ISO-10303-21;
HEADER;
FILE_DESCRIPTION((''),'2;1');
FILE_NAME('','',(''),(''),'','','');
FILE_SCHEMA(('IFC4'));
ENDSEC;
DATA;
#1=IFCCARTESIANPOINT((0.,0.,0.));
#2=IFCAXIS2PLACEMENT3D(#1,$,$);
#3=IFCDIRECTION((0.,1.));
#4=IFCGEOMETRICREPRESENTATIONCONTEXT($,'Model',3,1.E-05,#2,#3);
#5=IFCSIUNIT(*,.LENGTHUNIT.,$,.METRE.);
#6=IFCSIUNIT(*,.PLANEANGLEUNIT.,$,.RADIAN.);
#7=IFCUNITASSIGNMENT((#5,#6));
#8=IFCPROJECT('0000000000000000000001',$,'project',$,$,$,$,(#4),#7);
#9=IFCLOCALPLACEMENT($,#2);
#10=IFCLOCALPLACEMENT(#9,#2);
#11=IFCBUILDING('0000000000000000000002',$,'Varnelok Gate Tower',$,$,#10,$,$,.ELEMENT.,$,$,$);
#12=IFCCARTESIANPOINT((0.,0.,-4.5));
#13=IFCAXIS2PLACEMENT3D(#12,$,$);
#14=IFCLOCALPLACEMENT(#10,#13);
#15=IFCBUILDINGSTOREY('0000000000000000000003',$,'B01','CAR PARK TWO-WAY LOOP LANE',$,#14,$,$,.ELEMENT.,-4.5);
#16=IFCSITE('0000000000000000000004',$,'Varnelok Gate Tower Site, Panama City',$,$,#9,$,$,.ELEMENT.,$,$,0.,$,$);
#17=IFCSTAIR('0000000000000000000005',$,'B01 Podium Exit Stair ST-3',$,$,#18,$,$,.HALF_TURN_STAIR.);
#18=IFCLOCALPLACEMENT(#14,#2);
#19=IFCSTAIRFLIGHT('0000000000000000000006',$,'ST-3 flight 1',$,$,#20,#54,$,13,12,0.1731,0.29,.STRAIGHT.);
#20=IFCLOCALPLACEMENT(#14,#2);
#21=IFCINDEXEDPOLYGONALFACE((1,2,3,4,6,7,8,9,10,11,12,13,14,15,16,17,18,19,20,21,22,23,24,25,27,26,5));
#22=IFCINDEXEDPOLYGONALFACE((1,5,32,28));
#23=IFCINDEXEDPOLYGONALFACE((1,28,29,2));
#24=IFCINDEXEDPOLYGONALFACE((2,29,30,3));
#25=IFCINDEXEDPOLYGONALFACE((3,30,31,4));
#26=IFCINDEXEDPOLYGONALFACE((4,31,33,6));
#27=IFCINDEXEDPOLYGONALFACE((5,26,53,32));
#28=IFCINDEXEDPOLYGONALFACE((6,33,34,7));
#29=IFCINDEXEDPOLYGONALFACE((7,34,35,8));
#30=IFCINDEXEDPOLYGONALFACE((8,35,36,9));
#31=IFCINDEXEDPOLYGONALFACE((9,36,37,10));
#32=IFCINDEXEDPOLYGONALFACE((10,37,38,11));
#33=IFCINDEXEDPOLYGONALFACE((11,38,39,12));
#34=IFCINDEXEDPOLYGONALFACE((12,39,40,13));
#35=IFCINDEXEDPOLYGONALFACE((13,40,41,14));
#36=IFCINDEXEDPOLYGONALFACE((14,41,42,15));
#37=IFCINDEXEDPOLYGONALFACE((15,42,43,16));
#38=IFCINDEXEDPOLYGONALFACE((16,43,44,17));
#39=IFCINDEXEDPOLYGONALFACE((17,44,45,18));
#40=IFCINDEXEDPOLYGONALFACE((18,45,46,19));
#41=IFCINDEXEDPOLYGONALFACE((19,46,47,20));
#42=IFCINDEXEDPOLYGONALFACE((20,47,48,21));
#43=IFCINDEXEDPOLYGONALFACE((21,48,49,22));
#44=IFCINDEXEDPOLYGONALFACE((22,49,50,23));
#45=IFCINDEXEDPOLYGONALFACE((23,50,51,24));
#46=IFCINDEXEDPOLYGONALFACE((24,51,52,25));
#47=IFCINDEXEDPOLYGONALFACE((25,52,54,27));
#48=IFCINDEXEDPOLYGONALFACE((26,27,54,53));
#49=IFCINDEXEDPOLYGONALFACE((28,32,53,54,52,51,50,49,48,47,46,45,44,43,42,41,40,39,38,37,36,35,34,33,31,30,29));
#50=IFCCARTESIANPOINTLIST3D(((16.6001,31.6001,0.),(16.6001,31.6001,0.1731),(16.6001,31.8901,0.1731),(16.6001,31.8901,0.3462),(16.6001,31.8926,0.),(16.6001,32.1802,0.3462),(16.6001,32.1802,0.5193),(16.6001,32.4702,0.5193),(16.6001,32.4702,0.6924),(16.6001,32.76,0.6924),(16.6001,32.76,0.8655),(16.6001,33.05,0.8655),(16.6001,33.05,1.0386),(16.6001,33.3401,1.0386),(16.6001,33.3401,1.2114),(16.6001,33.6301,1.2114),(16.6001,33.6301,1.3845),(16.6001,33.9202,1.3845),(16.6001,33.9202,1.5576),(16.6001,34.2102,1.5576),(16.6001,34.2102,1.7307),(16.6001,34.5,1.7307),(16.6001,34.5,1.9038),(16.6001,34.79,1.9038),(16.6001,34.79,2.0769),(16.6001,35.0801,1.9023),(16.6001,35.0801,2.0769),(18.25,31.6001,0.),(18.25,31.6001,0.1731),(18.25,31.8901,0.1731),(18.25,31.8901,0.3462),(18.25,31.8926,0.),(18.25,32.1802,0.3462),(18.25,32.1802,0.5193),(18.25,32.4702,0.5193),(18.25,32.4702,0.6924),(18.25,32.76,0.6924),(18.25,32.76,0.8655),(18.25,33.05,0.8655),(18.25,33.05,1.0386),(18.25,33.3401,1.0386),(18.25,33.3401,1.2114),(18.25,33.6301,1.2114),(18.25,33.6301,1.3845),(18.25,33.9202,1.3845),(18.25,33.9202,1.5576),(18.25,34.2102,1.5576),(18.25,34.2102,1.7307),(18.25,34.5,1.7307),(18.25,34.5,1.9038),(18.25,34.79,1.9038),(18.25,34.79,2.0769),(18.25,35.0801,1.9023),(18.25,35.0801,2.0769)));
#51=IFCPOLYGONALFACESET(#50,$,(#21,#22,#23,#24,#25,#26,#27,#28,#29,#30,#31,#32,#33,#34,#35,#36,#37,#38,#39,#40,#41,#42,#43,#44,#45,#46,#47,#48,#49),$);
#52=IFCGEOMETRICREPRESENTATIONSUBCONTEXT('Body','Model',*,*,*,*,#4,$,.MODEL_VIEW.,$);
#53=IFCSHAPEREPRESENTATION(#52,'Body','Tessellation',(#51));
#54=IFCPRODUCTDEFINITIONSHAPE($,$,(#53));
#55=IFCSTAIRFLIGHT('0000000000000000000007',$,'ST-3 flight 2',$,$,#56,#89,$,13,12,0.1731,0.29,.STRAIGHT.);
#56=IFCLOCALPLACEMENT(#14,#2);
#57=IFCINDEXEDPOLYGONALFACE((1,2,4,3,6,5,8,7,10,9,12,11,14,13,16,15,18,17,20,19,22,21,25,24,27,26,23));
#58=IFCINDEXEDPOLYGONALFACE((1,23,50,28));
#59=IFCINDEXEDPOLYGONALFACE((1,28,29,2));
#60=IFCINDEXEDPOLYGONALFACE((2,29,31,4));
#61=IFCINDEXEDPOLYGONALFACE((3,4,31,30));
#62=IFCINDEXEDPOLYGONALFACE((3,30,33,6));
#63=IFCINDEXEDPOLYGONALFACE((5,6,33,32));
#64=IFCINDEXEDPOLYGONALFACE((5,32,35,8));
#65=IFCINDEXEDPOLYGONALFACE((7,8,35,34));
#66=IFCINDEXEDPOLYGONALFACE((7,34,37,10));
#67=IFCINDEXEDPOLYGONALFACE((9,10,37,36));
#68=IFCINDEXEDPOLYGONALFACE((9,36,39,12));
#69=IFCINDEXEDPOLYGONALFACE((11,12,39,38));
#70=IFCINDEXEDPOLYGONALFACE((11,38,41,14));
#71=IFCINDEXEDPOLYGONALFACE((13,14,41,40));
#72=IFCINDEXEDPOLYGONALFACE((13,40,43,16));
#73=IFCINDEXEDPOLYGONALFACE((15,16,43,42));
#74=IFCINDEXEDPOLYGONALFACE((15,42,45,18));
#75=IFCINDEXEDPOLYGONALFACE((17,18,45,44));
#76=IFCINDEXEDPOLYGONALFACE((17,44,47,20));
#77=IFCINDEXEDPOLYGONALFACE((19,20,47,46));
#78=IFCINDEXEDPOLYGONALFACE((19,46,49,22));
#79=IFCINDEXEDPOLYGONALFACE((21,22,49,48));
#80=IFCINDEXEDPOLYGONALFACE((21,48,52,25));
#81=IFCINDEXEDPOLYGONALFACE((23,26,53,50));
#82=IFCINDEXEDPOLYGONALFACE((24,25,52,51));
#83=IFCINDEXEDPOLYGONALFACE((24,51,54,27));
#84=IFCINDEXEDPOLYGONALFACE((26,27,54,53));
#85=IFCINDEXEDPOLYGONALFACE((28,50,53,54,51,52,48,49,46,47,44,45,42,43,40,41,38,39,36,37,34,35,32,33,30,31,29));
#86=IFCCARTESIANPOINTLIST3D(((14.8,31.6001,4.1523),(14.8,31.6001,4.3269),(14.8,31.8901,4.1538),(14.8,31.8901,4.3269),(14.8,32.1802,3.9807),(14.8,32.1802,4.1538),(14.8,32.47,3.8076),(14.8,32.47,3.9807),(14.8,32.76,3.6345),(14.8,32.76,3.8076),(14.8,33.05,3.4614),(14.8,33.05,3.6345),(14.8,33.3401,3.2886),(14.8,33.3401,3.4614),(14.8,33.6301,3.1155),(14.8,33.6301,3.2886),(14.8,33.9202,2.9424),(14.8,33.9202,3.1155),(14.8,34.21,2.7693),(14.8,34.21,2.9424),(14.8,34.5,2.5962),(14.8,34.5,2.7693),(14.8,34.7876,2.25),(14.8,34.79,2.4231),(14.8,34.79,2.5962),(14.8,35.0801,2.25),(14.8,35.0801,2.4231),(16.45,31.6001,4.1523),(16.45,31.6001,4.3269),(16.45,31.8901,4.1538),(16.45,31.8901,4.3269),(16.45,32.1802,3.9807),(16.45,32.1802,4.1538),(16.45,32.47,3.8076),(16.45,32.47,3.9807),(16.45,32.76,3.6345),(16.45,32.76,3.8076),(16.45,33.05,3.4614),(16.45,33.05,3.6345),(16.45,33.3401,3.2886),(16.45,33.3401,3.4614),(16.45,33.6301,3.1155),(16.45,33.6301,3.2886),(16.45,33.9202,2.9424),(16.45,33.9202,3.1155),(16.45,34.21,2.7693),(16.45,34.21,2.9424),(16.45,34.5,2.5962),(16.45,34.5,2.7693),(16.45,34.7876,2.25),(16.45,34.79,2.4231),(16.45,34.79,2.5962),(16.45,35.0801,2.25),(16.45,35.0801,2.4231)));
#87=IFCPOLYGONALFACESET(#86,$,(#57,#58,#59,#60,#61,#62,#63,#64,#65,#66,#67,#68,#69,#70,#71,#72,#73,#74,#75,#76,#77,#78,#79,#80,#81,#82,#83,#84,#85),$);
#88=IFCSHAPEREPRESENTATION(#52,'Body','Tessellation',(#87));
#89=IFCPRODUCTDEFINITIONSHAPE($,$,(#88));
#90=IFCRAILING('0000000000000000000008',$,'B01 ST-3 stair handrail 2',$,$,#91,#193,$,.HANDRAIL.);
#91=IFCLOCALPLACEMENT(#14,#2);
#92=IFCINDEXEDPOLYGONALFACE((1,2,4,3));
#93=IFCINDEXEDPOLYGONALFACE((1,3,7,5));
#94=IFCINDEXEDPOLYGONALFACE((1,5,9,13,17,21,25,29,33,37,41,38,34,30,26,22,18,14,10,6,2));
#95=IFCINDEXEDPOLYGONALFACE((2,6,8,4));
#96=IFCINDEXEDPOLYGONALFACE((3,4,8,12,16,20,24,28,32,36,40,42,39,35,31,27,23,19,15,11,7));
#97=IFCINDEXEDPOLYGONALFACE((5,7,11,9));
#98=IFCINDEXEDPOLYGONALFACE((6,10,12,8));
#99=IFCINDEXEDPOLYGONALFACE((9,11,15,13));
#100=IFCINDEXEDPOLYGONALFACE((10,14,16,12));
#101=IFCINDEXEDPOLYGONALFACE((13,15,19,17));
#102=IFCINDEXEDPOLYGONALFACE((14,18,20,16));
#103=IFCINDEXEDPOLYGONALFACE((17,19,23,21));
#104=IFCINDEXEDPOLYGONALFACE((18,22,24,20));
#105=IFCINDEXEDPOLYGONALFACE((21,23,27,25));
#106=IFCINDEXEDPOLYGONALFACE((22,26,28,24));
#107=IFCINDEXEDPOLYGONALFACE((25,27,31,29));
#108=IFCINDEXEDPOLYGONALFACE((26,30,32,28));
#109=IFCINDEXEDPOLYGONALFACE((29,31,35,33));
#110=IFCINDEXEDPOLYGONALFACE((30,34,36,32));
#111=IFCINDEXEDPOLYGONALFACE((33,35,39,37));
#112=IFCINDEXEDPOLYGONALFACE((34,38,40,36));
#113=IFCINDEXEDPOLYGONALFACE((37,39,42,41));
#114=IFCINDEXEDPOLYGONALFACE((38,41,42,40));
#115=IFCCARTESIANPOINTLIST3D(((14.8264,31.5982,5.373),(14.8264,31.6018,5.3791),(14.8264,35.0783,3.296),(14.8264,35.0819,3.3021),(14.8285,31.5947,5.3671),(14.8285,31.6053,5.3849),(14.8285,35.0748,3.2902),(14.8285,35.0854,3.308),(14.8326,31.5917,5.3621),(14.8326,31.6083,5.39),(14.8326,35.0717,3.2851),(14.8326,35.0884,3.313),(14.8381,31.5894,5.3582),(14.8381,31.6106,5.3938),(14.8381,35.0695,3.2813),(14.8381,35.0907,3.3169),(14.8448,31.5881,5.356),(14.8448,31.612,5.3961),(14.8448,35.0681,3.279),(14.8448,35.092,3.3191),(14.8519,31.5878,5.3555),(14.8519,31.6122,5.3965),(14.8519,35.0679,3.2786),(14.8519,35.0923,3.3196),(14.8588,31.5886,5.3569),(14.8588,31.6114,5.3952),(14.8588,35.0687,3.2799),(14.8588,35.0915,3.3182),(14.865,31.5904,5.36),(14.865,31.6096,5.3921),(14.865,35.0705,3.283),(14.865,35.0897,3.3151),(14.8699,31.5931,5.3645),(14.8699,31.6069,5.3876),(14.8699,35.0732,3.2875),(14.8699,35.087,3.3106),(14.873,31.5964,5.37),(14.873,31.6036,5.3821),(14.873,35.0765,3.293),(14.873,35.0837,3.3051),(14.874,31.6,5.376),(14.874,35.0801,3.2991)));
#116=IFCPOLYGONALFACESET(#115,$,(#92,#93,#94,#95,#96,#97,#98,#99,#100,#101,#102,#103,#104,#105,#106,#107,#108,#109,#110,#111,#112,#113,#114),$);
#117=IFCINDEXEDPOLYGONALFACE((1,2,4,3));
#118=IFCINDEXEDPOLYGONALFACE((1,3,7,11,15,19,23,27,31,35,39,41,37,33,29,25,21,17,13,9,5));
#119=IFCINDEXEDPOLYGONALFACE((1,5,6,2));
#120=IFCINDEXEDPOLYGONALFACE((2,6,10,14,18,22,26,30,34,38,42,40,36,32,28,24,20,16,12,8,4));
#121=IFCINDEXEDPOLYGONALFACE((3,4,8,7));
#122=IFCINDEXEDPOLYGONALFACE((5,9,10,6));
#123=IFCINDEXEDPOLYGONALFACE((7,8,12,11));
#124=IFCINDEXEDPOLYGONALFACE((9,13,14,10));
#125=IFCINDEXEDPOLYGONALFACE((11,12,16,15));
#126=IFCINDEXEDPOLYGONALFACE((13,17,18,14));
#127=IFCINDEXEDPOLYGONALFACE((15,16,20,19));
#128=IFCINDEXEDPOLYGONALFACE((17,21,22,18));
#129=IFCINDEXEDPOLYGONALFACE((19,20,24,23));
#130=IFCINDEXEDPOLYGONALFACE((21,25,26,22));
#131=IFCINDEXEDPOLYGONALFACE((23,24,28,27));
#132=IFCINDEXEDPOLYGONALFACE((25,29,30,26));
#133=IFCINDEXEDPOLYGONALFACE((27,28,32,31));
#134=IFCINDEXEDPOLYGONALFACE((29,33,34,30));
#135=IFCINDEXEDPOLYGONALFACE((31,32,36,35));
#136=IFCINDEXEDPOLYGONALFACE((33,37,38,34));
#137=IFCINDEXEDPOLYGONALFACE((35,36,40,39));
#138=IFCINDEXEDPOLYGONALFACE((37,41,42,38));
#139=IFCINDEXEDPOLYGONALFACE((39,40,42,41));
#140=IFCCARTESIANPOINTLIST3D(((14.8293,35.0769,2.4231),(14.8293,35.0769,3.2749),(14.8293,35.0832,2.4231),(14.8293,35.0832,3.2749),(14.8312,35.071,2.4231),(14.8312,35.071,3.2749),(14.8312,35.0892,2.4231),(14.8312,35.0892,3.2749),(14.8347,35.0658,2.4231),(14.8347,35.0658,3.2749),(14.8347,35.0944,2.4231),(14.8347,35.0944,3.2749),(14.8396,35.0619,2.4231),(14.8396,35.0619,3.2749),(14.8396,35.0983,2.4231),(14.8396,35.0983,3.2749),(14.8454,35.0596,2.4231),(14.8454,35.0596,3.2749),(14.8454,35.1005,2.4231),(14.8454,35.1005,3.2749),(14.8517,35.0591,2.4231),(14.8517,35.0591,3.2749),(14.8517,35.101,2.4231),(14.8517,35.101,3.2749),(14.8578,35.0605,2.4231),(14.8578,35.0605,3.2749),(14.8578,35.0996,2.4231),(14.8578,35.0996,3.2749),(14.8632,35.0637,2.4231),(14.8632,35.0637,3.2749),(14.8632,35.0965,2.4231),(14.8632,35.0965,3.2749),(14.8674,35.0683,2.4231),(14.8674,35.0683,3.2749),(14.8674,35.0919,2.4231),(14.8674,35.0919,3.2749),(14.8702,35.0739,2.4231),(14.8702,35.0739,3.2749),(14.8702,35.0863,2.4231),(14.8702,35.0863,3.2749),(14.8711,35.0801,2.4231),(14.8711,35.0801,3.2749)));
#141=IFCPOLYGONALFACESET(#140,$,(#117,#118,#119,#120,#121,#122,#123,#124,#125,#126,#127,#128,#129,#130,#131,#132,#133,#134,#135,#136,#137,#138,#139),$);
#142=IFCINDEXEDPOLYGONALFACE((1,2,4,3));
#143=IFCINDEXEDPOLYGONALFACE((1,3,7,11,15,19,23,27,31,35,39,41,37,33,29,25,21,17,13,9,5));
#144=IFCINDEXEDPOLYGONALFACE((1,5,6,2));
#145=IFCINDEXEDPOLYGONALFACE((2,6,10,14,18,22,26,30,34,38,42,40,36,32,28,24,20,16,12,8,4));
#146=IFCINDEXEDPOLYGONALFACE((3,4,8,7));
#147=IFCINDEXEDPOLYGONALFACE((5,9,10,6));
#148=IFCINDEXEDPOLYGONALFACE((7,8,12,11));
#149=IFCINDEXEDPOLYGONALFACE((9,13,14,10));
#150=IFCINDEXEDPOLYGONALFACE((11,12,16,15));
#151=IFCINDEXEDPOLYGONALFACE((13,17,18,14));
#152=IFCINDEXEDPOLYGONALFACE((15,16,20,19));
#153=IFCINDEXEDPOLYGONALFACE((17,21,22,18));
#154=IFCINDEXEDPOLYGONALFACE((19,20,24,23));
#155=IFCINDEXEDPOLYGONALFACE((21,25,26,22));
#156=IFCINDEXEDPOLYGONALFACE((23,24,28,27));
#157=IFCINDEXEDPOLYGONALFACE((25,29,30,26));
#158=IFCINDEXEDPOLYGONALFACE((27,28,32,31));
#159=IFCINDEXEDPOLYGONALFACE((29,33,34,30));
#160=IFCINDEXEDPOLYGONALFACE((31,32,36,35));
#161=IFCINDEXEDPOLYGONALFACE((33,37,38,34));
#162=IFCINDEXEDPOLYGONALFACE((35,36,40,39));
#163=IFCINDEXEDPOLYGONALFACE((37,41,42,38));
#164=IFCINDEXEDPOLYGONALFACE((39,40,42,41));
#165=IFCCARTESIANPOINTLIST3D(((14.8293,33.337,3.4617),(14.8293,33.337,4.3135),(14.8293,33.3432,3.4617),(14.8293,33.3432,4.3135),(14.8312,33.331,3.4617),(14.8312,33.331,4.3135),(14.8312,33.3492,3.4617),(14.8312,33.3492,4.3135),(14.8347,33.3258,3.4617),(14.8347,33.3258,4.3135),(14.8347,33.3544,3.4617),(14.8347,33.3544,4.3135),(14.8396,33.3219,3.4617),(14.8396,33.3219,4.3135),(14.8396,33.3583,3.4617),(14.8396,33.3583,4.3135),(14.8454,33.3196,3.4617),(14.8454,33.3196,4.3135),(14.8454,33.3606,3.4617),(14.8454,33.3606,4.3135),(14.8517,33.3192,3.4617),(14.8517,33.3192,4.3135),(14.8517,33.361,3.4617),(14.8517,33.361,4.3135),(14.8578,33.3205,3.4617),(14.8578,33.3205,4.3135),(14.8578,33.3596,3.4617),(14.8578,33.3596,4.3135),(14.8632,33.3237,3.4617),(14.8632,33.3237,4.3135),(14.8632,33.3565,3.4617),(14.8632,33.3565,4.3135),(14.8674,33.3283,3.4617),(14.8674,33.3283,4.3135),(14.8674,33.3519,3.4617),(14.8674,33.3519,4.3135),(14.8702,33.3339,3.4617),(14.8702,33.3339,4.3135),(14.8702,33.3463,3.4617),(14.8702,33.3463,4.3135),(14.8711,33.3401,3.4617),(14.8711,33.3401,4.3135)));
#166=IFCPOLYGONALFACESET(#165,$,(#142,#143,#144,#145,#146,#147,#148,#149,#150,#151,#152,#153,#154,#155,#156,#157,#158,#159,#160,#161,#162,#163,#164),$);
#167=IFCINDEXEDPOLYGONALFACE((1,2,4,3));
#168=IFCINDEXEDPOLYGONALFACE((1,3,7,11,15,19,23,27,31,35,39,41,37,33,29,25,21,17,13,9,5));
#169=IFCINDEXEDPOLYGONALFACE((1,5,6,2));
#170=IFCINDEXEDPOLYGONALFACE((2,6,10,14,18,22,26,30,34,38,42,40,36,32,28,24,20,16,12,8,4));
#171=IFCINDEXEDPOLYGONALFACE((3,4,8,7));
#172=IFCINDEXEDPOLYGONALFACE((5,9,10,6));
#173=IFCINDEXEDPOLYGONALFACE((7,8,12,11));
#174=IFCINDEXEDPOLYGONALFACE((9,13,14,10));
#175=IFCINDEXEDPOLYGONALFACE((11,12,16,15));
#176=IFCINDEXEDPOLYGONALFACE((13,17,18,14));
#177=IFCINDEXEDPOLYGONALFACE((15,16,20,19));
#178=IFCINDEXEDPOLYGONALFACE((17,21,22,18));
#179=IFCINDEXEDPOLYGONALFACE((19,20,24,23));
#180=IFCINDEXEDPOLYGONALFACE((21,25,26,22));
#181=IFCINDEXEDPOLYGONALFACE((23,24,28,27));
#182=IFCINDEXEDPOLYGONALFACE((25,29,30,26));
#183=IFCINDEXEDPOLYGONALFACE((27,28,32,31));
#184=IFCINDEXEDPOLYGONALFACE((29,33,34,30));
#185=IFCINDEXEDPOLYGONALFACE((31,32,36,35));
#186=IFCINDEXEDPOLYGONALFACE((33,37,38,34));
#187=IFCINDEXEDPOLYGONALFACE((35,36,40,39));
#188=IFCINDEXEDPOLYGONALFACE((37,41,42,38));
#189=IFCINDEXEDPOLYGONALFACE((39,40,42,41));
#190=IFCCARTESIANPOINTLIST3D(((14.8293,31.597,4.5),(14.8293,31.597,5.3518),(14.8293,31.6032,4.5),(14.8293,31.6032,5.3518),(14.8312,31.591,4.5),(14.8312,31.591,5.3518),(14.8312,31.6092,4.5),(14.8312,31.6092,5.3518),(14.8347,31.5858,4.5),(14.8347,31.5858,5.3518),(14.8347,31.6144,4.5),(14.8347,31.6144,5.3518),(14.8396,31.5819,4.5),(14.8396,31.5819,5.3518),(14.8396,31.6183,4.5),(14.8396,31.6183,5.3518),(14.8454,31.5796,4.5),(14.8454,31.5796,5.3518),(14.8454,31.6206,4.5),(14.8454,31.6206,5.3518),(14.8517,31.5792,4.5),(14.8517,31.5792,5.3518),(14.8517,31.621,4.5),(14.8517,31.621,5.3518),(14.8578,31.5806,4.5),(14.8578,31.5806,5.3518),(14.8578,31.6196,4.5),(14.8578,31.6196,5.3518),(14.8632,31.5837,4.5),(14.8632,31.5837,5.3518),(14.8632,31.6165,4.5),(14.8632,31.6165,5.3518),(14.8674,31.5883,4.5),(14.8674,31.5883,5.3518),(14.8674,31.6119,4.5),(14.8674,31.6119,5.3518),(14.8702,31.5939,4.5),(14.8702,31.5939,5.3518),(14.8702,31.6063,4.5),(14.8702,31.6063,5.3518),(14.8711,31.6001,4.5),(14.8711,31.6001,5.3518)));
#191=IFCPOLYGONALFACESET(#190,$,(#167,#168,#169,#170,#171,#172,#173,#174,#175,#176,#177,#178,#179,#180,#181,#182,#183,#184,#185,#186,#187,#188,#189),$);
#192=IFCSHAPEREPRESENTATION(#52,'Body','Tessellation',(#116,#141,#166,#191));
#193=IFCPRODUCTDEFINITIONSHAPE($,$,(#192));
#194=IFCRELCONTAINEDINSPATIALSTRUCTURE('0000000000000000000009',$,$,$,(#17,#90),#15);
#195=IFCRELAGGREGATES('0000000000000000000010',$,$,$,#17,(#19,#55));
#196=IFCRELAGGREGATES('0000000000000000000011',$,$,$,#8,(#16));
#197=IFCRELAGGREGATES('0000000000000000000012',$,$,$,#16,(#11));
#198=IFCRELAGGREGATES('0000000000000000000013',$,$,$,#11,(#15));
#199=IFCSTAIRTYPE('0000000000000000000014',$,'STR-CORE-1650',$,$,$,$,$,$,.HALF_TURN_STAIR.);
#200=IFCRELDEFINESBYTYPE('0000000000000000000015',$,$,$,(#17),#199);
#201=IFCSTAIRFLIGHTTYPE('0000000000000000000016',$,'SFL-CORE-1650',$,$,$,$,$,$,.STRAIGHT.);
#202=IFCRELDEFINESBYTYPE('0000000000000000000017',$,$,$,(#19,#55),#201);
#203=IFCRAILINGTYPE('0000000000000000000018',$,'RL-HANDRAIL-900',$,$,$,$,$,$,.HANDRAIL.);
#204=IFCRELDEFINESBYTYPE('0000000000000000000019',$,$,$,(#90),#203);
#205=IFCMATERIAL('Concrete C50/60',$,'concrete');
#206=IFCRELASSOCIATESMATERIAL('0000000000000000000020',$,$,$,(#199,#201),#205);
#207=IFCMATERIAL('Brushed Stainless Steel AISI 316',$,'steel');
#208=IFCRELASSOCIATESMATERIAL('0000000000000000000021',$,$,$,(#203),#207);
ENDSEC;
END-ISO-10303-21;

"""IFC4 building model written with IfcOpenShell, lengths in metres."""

from ifc_helpers import new_model, si_unit, direction, frame, origin, origin_2d, place, context, subcontext, project, spatial, polyline, circle, outline, extrude, material, type_object, element, aggregate, save


model = new_model("IFC4")

# Units and contexts
model_context = context("Model", 3, precision=1e-05, world=origin(), true_north=direction((0.0, 1.0)))
body_context = subcontext(model_context, "Body", "Model", "MODEL_VIEW")
ifc_project = project(units=[si_unit("LENGTHUNIT", "METRE"), si_unit("PLANEANGLEUNIT", "RADIAN")], contexts=[model_context])

# Site, building, storey
site_placement = place(None, origin())
site = spatial("IfcSite", under=ifc_project, at=site_placement, Name="Varnelok Gate Tower Site, Panama City", CompositionType="ELEMENT", RefElevation=0.0)
building_placement = place(site_placement, origin())
building = spatial("IfcBuilding", under=site, at=building_placement, Name="Varnelok Gate Tower", CompositionType="ELEMENT")
storey_placement = place(building_placement, frame((0.0, 0.0, -4.5)))
storey = spatial("IfcBuildingStorey", under=building, at=storey_placement, Name="B01", Description="CAR PARK TWO-WAY LOOP LANE", CompositionType="ELEMENT", Elevation=-4.5)

# Shared definitions
ifc_material_1 = material(Name="Concrete C50/60", Category="concrete")

# Stair, stair flights
stair_type = type_object("IfcStairType", Name="STR-CORE-1650", PredefinedType="HALF_TURN_STAIR", material=ifc_material_1)
stair_placement = place(storey_placement, origin())
stair = element("IfcStair", 1, at=stair_placement, inside=storey, type_object=stair_type, Name="B01 Podium Exit Stair ST-3", PredefinedType="HALF_TURN_STAIR")
stair_flight_type = type_object("IfcStairFlightType", Name="SFL-CORE-1650", PredefinedType="STRAIGHT", material=ifc_material_1)
stair_flight_1_placement = place(storey_placement, frame((17.425, 31.6001, 0.0), z_axis=(0.0, 0.0, 1.0), x_axis=(0.0, 1.0, 0.0)))
stair_flight_1 = element("IfcStairFlight", 2, at=stair_flight_1_placement, type_object=stair_flight_type, Name="ST-3 flight 1", NumberOfRisers=13, NumberOfTreads=12, PredefinedType="STRAIGHT", RiserHeight=0.1731, TreadLength=0.29, context=body_context, shape_type="SweptSolid", body=[
    extrude(outline(polyline([(0.0, 0.0), (0.0, 0.1731), (0.29, 0.1731), (0.29, 0.3462), (0.5801, 0.3462), (0.5801, 0.5193), (0.8701, 0.5193), (0.8701, 0.6924), (1.1599, 0.6924), (1.1599, 0.8655), (1.45, 0.8655), (1.45, 1.0386), (1.74, 1.0386), (1.74, 1.2114), (2.03, 1.2114), (2.03, 1.3845), (2.3201, 1.3845), (2.3201, 1.5576), (2.6101, 1.5576), (2.6101, 1.7307), (2.8999, 1.7307), (2.8999, 1.9038), (3.1899, 1.9038), (3.1899, 2.0769), (3.48, 2.0769), (3.48, 2.25), (3.48, 1.9023), (0.2925, 0.0), (0.0, 0.0)])), frame((0.0, 0.825, 0.0), z_axis=(0.0, -1.0, 0.0), x_axis=(1.0, 0.0, 0.0)), (0.0, 0.0, 1.0), 1.6499),
])
stair_flight_2_placement = place(storey_placement, frame((15.625, 35.0801, 2.25), z_axis=(0.0, 0.0, 1.0), x_axis=(0.0, -1.0, 0.0)))
stair_flight_2 = element("IfcStairFlight", 3, at=stair_flight_2_placement, type_object=stair_flight_type, Name="ST-3 flight 2", NumberOfRisers=13, NumberOfTreads=12, PredefinedType="STRAIGHT", RiserHeight=0.1731, TreadLength=0.29, context=body_context, shape_type="SweptSolid", body=[
    extrude(outline(polyline([(0.0, 0.0), (0.0, 0.1731), (0.29, 0.1731), (0.29, 0.3462), (0.5801, 0.3462), (0.5801, 0.5193), (0.8701, 0.5193), (0.8701, 0.6924), (1.1599, 0.6924), (1.1599, 0.8655), (1.45, 0.8655), (1.45, 1.0386), (1.74, 1.0386), (1.74, 1.2114), (2.03, 1.2114), (2.03, 1.3845), (2.3201, 1.3845), (2.3201, 1.5576), (2.6101, 1.5576), (2.6101, 1.7307), (2.8999, 1.7307), (2.8999, 1.9038), (3.1899, 1.9038), (3.1899, 2.0769), (3.48, 2.0769), (3.48, 2.25), (3.48, 1.9023), (0.2925, 0.0), (0.0, 0.0)])), frame((0.0, 0.825, 0.0), z_axis=(0.0, -1.0, 0.0), x_axis=(1.0, 0.0, 0.0)), (0.0, 0.0, 1.0), 1.6499),
])
aggregate(stair, [stair_flight_1, stair_flight_2])

# Railing
ifc_material_2 = material(Name="Brushed Stainless Steel AISI 316", Category="steel")
railing_type_1 = type_object("IfcRailingType", Name="RL-HANDRAIL-900", PredefinedType="HANDRAIL", material=ifc_material_2)
railing_1_placement = place(storey_placement, frame((14.8501, 35.0801, 2.4231)))
element("IfcRailing", 4, at=railing_1_placement, inside=storey, type_object=railing_type_1, Name="B01 ST-3 stair handrail 2", PredefinedType="HANDRAIL", context=body_context, shape_type="SweptSolid", body=[
    extrude(circle(Radius=0.0239, at=origin_2d()), frame((0.0, 0.0, 0.876), z_axis=(0.0, -0.858697, 0.512483), x_axis=(1.0, 0.0, 0.0)), (0.0, 0.0, 1.0), 4.0527),
    extrude(circle(Radius=0.021, at=origin_2d()), origin(), (0.0, 0.0, 1.0), 0.8518),
    extrude(circle(Radius=0.021, at=origin_2d()), frame((0.0, -1.74, 1.0386)), (0.0, 0.0, 1.0), 0.8518),
    extrude(circle(Radius=0.021, at=origin_2d()), frame((0.0, -3.48, 2.0769)), (0.0, 0.0, 1.0), 0.8518),
])

save(model, "model.ifc")
